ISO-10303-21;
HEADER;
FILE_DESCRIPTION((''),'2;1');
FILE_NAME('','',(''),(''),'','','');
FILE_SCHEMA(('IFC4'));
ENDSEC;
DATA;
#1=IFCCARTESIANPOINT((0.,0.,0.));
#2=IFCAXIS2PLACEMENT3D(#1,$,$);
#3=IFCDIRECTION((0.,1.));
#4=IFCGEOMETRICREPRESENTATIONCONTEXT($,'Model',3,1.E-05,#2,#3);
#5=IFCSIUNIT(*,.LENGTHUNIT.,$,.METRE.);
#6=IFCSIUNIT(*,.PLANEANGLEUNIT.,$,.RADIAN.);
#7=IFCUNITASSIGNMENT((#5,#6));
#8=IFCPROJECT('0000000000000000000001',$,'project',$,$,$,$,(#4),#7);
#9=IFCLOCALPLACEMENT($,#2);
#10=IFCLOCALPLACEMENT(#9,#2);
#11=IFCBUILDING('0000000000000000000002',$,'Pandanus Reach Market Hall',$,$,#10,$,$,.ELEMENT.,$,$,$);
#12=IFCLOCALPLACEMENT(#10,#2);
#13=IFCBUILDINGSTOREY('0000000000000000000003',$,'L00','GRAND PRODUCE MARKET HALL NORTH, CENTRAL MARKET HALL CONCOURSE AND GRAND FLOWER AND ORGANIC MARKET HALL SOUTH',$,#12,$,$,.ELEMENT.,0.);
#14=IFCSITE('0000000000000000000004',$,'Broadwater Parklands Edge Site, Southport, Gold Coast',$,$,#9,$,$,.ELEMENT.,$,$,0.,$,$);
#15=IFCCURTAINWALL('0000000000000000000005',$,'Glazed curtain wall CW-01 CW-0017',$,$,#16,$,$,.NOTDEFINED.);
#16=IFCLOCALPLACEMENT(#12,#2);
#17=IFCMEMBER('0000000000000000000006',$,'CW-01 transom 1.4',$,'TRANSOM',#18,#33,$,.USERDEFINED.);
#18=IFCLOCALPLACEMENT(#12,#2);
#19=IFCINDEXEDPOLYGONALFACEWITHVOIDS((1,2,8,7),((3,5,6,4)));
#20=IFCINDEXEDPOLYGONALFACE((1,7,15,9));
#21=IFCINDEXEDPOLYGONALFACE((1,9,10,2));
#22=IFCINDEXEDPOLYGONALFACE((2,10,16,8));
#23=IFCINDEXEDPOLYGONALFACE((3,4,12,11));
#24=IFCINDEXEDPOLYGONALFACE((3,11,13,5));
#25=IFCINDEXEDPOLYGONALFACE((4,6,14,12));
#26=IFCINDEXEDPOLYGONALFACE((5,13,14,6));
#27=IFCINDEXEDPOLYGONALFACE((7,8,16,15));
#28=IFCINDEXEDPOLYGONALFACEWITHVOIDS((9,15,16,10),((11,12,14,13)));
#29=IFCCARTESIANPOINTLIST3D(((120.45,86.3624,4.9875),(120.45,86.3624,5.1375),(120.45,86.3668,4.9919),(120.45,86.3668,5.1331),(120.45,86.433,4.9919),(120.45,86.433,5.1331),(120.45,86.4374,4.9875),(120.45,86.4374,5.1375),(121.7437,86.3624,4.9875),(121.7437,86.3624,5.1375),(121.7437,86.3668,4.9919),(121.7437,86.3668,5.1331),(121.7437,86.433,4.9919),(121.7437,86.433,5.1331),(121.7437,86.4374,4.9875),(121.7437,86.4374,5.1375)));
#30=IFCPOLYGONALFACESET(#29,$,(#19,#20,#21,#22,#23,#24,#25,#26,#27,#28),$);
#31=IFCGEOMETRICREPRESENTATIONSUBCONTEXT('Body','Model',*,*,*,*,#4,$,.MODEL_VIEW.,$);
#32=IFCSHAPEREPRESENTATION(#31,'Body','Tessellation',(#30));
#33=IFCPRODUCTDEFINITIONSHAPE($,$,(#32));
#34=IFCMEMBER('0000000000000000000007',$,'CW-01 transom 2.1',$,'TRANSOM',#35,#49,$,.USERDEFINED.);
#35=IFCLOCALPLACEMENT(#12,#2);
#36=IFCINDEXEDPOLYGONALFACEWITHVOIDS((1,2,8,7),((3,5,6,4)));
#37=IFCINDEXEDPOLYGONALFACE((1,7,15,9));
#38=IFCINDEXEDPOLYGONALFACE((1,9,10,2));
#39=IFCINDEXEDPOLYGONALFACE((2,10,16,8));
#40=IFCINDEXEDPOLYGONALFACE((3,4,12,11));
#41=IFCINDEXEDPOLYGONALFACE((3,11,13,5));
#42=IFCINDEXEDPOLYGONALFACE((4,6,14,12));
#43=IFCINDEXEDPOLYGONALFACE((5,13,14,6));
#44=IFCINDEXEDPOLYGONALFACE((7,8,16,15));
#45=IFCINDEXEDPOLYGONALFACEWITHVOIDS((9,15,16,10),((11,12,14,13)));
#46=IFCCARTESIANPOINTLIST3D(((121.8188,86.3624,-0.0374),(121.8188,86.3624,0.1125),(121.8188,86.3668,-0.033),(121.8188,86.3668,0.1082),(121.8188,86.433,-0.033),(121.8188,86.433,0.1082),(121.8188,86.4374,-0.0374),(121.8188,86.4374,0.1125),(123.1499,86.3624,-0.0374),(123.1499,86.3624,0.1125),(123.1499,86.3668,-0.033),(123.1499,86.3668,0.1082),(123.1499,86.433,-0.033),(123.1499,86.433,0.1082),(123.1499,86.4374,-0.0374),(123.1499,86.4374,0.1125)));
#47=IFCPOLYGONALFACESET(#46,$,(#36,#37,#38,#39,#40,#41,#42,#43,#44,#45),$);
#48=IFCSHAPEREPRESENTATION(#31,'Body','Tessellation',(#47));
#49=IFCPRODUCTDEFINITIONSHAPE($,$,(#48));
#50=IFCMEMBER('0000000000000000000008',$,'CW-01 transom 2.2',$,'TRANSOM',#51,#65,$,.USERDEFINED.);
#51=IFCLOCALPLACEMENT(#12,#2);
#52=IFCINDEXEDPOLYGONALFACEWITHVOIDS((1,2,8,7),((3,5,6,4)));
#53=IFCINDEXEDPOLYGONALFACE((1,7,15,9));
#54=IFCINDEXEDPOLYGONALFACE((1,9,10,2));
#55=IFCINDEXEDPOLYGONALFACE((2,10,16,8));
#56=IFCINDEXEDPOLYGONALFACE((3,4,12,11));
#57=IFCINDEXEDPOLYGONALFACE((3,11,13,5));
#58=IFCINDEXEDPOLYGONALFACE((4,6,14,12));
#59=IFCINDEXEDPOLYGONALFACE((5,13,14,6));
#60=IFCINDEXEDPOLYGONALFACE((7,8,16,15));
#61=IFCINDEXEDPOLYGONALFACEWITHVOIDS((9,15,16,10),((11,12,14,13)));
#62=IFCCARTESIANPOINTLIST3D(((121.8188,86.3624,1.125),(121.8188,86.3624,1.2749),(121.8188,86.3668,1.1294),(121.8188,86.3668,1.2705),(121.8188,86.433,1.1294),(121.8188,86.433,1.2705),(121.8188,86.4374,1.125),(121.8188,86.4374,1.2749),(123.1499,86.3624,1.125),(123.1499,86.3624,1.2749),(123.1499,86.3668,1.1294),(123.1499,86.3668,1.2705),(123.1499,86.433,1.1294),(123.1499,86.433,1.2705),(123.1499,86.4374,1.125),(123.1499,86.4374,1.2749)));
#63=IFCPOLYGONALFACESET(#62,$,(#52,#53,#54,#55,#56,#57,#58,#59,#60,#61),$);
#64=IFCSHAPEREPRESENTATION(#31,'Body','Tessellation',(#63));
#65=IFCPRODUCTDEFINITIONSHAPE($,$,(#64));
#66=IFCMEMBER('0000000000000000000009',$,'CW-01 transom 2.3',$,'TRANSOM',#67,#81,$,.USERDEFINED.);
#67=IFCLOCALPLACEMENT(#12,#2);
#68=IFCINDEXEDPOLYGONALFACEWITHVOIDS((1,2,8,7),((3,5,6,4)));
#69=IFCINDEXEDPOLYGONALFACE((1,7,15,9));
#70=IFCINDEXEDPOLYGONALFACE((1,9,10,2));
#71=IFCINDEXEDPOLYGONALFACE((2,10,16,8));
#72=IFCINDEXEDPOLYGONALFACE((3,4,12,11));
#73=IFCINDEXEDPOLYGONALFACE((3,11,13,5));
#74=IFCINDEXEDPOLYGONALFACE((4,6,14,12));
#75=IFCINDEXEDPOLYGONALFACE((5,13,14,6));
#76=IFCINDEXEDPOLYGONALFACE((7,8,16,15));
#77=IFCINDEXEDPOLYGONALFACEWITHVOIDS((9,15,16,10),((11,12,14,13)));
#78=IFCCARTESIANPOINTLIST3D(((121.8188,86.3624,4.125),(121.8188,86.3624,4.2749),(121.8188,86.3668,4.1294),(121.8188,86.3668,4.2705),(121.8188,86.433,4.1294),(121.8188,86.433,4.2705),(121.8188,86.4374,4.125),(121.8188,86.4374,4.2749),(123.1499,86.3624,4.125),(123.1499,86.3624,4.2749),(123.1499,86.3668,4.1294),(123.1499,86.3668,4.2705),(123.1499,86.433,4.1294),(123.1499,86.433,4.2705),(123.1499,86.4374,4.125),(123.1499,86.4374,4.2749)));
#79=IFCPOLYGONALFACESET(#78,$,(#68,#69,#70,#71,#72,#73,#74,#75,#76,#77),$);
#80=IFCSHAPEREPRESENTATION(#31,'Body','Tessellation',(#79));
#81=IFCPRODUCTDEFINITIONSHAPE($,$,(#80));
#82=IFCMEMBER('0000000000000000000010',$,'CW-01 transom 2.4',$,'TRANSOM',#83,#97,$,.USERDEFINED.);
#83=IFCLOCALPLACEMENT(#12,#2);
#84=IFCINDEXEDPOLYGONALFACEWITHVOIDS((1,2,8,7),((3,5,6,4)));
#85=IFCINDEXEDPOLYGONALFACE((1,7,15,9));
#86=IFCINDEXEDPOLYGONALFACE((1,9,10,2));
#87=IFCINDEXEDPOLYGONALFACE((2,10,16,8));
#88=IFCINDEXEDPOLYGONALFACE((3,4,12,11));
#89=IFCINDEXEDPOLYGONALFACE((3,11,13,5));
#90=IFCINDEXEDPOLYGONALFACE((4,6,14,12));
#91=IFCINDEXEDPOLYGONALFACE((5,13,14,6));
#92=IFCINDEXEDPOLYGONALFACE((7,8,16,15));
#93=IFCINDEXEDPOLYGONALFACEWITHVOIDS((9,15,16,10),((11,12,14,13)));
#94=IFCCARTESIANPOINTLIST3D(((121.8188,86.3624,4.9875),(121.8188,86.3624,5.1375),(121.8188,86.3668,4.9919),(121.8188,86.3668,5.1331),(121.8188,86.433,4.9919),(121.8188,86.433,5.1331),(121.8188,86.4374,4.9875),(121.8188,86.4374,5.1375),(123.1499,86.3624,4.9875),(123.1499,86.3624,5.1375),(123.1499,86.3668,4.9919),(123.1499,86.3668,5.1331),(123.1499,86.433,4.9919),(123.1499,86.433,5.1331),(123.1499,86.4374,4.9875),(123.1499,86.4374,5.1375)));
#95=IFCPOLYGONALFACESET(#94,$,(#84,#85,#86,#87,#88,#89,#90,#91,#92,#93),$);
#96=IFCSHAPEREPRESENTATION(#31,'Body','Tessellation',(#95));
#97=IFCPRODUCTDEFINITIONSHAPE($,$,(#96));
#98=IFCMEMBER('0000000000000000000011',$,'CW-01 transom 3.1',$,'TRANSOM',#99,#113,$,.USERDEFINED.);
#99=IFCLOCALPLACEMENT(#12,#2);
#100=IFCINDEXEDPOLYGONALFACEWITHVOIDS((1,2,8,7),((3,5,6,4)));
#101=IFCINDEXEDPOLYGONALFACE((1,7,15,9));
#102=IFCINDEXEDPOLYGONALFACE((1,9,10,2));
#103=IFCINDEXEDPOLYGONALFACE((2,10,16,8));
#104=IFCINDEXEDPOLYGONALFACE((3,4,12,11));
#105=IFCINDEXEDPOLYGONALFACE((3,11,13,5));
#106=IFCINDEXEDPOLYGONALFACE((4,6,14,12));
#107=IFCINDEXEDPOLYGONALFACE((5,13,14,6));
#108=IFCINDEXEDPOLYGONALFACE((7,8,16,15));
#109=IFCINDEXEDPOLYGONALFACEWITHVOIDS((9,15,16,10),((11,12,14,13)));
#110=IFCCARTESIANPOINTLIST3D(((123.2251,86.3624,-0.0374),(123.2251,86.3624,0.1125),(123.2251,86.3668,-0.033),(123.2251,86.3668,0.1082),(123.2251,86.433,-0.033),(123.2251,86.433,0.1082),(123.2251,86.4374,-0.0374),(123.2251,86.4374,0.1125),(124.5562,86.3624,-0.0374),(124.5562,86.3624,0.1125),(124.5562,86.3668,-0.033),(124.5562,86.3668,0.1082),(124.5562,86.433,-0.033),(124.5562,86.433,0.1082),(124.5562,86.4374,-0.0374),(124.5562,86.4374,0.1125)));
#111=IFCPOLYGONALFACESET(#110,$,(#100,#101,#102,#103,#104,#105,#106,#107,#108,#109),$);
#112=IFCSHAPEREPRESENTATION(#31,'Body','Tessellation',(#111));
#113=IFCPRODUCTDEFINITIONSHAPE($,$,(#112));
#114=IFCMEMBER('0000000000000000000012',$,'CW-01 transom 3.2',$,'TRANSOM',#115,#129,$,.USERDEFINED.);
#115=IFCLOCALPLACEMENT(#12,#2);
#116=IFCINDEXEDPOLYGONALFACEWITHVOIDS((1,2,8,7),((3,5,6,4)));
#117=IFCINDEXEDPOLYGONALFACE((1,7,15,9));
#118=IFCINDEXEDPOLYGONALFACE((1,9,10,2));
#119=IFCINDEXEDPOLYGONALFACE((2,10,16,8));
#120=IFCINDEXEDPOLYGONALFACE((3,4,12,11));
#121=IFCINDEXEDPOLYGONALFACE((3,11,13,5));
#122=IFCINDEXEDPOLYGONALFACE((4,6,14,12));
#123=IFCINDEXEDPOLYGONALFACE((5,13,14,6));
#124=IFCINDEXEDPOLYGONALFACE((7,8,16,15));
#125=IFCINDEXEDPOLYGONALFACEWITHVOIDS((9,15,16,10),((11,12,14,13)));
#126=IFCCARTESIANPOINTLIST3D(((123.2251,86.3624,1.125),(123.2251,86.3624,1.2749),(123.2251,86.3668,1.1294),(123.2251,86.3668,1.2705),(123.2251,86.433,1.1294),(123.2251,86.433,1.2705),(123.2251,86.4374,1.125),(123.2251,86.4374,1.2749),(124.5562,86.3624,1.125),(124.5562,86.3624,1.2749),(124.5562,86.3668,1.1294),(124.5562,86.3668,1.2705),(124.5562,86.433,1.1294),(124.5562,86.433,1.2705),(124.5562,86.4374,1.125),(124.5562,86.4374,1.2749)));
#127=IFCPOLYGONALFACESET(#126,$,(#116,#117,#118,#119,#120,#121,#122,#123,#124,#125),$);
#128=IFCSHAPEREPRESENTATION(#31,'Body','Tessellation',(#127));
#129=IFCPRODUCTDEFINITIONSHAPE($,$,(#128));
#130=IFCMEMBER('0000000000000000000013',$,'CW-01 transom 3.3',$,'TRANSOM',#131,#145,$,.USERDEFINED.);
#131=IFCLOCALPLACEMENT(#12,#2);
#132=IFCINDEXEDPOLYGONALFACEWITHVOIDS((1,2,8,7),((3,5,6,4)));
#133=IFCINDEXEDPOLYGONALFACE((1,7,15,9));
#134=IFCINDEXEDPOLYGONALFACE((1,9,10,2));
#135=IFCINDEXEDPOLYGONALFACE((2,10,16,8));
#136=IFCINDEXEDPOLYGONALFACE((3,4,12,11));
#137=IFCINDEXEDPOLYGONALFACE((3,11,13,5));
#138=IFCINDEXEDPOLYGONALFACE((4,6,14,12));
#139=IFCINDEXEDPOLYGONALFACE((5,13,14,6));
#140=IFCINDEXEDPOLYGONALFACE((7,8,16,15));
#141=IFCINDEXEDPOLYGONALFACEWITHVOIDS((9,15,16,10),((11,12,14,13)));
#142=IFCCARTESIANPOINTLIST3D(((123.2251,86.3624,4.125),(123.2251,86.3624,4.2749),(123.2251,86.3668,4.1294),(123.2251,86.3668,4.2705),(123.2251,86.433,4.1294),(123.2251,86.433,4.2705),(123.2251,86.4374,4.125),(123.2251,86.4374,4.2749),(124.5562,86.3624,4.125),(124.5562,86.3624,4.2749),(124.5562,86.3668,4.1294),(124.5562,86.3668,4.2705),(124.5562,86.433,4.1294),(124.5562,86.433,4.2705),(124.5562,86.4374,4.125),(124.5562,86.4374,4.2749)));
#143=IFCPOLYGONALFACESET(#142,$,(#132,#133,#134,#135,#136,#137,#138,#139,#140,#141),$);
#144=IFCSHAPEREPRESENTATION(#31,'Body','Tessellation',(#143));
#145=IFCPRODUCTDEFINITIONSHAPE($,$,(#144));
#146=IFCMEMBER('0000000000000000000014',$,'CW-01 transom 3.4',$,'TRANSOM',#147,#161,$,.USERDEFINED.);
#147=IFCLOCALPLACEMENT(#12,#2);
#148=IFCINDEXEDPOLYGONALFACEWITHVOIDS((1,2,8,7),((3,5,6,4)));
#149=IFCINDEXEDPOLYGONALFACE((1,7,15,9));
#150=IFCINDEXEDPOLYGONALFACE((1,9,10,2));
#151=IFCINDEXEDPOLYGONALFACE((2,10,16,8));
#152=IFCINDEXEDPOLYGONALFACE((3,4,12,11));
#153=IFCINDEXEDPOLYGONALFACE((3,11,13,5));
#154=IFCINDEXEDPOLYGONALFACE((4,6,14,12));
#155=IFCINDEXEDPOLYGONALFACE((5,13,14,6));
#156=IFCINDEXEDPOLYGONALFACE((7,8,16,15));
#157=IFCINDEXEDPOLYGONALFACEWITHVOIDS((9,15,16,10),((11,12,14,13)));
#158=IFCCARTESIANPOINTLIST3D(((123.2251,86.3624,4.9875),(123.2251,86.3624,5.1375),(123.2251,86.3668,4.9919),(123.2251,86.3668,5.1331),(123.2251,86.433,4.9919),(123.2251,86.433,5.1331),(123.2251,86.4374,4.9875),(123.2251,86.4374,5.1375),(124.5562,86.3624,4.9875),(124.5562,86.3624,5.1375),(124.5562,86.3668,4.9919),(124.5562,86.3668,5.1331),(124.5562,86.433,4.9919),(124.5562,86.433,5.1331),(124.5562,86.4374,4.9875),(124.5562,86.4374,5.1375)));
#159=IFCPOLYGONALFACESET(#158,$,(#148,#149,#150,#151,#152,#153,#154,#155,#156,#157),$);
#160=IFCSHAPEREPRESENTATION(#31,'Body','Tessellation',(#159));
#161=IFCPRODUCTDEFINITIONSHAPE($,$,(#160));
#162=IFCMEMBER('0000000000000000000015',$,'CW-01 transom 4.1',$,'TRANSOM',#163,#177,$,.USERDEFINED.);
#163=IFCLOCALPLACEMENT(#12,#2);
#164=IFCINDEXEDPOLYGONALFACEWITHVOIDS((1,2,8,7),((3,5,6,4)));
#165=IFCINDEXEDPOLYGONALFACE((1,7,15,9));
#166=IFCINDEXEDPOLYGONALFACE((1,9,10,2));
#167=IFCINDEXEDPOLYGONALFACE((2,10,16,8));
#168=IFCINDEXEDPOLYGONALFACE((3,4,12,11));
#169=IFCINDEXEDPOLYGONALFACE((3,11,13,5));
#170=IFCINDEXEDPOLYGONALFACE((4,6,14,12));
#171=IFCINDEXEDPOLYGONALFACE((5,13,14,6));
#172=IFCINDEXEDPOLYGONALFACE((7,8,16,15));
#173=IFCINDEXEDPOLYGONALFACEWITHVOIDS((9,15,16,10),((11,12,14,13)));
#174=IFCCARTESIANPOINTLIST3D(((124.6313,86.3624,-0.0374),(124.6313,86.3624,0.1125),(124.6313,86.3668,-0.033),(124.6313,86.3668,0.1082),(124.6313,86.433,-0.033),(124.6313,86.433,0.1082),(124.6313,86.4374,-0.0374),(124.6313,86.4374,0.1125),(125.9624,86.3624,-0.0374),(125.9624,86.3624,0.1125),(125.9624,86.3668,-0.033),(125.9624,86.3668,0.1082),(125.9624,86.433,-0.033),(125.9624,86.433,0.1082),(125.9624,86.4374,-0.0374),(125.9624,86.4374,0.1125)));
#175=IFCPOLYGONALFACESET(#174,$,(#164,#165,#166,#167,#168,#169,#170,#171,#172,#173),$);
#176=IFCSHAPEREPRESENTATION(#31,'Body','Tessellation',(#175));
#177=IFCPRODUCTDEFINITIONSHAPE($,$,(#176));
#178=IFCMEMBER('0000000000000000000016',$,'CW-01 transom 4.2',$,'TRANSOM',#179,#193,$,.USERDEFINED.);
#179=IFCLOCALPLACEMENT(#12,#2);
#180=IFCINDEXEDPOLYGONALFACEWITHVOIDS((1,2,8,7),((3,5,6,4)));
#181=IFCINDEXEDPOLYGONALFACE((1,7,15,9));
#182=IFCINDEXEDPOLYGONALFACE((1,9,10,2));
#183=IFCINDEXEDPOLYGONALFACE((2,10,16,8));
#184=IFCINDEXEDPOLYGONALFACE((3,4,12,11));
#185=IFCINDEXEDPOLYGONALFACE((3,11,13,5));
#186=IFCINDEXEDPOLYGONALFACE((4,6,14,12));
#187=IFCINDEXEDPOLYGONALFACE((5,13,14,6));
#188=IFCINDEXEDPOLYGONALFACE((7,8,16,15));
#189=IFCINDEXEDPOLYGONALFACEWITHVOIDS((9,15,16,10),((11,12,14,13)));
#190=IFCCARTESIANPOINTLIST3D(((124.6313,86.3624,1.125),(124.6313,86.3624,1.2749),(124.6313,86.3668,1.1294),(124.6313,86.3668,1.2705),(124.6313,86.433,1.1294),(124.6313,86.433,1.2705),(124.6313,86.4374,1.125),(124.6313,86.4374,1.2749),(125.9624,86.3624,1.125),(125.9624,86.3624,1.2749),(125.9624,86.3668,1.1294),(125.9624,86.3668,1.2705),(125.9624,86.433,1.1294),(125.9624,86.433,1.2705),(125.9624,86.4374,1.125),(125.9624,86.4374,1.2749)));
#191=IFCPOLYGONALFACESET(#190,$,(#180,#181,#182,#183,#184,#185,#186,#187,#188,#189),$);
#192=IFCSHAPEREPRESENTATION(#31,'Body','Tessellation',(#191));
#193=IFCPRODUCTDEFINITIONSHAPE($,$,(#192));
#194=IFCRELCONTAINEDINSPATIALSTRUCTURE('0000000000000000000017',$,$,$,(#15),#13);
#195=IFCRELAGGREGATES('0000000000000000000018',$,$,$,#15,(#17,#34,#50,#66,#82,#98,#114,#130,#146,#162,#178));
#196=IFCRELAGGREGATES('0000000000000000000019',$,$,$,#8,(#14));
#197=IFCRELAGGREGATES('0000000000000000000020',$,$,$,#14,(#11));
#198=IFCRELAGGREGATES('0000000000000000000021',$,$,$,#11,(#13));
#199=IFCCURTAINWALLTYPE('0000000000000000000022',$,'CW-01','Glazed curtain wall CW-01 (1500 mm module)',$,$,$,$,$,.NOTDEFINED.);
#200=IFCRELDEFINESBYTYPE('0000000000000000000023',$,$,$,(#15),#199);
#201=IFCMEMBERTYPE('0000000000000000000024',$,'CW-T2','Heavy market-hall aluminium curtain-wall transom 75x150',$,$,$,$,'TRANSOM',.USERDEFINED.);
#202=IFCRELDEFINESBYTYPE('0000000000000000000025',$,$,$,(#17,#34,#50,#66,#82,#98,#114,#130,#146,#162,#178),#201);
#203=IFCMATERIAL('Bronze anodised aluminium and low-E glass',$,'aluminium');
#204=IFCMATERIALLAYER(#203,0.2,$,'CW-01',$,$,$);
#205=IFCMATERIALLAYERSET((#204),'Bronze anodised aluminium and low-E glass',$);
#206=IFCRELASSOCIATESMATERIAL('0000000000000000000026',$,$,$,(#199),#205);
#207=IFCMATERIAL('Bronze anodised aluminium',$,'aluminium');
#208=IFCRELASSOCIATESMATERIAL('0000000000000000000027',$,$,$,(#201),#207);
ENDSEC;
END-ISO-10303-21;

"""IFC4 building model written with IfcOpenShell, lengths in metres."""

from ifc_helpers import new_model, si_unit, direction, frame, origin, origin_2d, place, context, subcontext, project, spatial, hollow_rectangle, extrude, material, layer, layer_set, material_profile, profile_set, type_object, element, aggregate, save


model = new_model("IFC4")

# Units and contexts
model_context = context("Model", 3, precision=1e-05, world=origin(), true_north=direction((0.0, 1.0)))
body_context = subcontext(model_context, "Body", "Model", "MODEL_VIEW")
ifc_project = project(units=[si_unit("LENGTHUNIT", "METRE"), si_unit("PLANEANGLEUNIT", "RADIAN")], contexts=[model_context])

# Site, building, storey
site_placement = place(None, origin())
site = spatial("IfcSite", under=ifc_project, at=site_placement, Name="Broadwater Parklands Edge Site, Southport, Gold Coast", CompositionType="ELEMENT", RefElevation=0.0)
building_placement = place(site_placement, origin())
building = spatial("IfcBuilding", under=site, at=building_placement, Name="Pandanus Reach Market Hall", CompositionType="ELEMENT")
storey_placement = place(building_placement, origin())
storey = spatial("IfcBuildingStorey", under=building, at=storey_placement, Name="L00", Description="GRAND PRODUCE MARKET HALL NORTH, CENTRAL MARKET HALL CONCOURSE AND GRAND FLOWER AND ORGANIC MARKET HALL SOUTH", CompositionType="ELEMENT", Elevation=0.0)

# Curtain wall, members
ifc_material_1 = material(Name="Bronze anodised aluminium and low-E glass", Category="aluminium")
ifc_layer_1 = layer(ifc_material_1, 0.2, Name="CW-01")
ifc_layer_set_1 = layer_set([ifc_layer_1], Name="Bronze anodised aluminium and low-E glass")
curtain_wall_type = type_object("IfcCurtainWallType", Name="CW-01", Description="Glazed curtain wall CW-01 (1500 mm module)", PredefinedType="NOTDEFINED", material=ifc_layer_set_1)
curtain_wall_placement = place(storey_placement, origin())
curtain_wall = element("IfcCurtainWall", 1, at=curtain_wall_placement, inside=storey, type_object=curtain_wall_type, Name="Glazed curtain wall CW-01 CW-0017", PredefinedType="NOTDEFINED")
ifc_material_2 = material(Name="Bronze anodised aluminium", Category="aluminium")
ifc_material_profile_1 = material_profile(ifc_material_2, hollow_rectangle(XDim=0.075, YDim=0.1499, WallThickness=0.0044, at=origin_2d()), Name="ALU75x150", Category="LoadBearing")
ifc_profile_set_1 = profile_set([ifc_material_profile_1], Name="Bronze anodised aluminium")
member_type_1 = type_object("IfcMemberType", Name="CW-T2", Description="Heavy market-hall aluminium curtain-wall transom 75x150", ElementType="TRANSOM", PredefinedType="USERDEFINED", material=ifc_profile_set_1)
member_1_placement = place(storey_placement, frame((120.45, 86.3999, 5.0625), z_axis=(1.0, 0.0, 0.0), x_axis=(0.0, 1.0, 0.0)))
member_1 = element("IfcMember", 2, at=member_1_placement, type_object=member_type_1, Name="CW-01 transom 1.4", ObjectType="TRANSOM", PredefinedType="USERDEFINED", context=body_context, shape_type="SweptSolid", body=[
    extrude(hollow_rectangle(XDim=0.075, YDim=0.1499, WallThickness=0.0044, at=origin_2d()), origin(), (0.0, 0.0, 1.0), 1.2937),
])
member_2_placement = place(storey_placement, frame((121.8188, 86.3999, 0.0376), z_axis=(1.0, 0.0, 0.0), x_axis=(0.0, 1.0, 0.0)))
member_2 = element("IfcMember", 3, at=member_2_placement, type_object=member_type_1, Name="CW-01 transom 2.1", ObjectType="TRANSOM", PredefinedType="USERDEFINED", context=body_context, shape_type="SweptSolid", body=[
    extrude(hollow_rectangle(XDim=0.075, YDim=0.1499, WallThickness=0.0044, at=origin_2d()), origin(), (0.0, 0.0, 1.0), 1.3311),
])
member_3_placement = place(storey_placement, frame((121.8188, 86.3999, 1.2), z_axis=(1.0, 0.0, 0.0), x_axis=(0.0, 1.0, 0.0)))
member_3 = element("IfcMember", 4, at=member_3_placement, type_object=member_type_1, Name="CW-01 transom 2.2", ObjectType="TRANSOM", PredefinedType="USERDEFINED", context=body_context, shape_type="SweptSolid", body=[
    extrude(hollow_rectangle(XDim=0.075, YDim=0.1499, WallThickness=0.0044, at=origin_2d()), origin(), (0.0, 0.0, 1.0), 1.3311),
])
member_4_placement = place(storey_placement, frame((121.8188, 86.3999, 4.2), z_axis=(1.0, 0.0, 0.0), x_axis=(0.0, 1.0, 0.0)))
member_4 = element("IfcMember", 5, at=member_4_placement, type_object=member_type_1, Name="CW-01 transom 2.3", ObjectType="TRANSOM", PredefinedType="USERDEFINED", context=body_context, shape_type="SweptSolid", body=[
    extrude(hollow_rectangle(XDim=0.075, YDim=0.1499, WallThickness=0.0044, at=origin_2d()), origin(), (0.0, 0.0, 1.0), 1.3311),
])
member_5_placement = place(storey_placement, frame((121.8188, 86.3999, 5.0625), z_axis=(1.0, 0.0, 0.0), x_axis=(0.0, 1.0, 0.0)))
member_5 = element("IfcMember", 6, at=member_5_placement, type_object=member_type_1, Name="CW-01 transom 2.4", ObjectType="TRANSOM", PredefinedType="USERDEFINED", context=body_context, shape_type="SweptSolid", body=[
    extrude(hollow_rectangle(XDim=0.075, YDim=0.1499, WallThickness=0.0044, at=origin_2d()), origin(), (0.0, 0.0, 1.0), 1.3311),
])
member_6_placement = place(storey_placement, frame((123.2251, 86.3999, 0.0376), z_axis=(1.0, 0.0, 0.0), x_axis=(0.0, 1.0, 0.0)))
member_6 = element("IfcMember", 7, at=member_6_placement, type_object=member_type_1, Name="CW-01 transom 3.1", ObjectType="TRANSOM", PredefinedType="USERDEFINED", context=body_context, shape_type="SweptSolid", body=[
    extrude(hollow_rectangle(XDim=0.075, YDim=0.1499, WallThickness=0.0044, at=origin_2d()), origin(), (0.0, 0.0, 1.0), 1.3311),
])
member_7_placement = place(storey_placement, frame((123.2251, 86.3999, 1.2), z_axis=(1.0, 0.0, 0.0), x_axis=(0.0, 1.0, 0.0)))
member_7 = element("IfcMember", 8, at=member_7_placement, type_object=member_type_1, Name="CW-01 transom 3.2", ObjectType="TRANSOM", PredefinedType="USERDEFINED", context=body_context, shape_type="SweptSolid", body=[
    extrude(hollow_rectangle(XDim=0.075, YDim=0.1499, WallThickness=0.0044, at=origin_2d()), origin(), (0.0, 0.0, 1.0), 1.3311),
])
member_8_placement = place(storey_placement, frame((123.2251, 86.3999, 4.2), z_axis=(1.0, 0.0, 0.0), x_axis=(0.0, 1.0, 0.0)))
member_8 = element("IfcMember", 9, at=member_8_placement, type_object=member_type_1, Name="CW-01 transom 3.3", ObjectType="TRANSOM", PredefinedType="USERDEFINED", context=body_context, shape_type="SweptSolid", body=[
    extrude(hollow_rectangle(XDim=0.075, YDim=0.1499, WallThickness=0.0044, at=origin_2d()), origin(), (0.0, 0.0, 1.0), 1.3311),
])
member_9_placement = place(storey_placement, frame((123.2251, 86.3999, 5.0625), z_axis=(1.0, 0.0, 0.0), x_axis=(0.0, 1.0, 0.0)))
member_9 = element("IfcMember", 10, at=member_9_placement, type_object=member_type_1, Name="CW-01 transom 3.4", ObjectType="TRANSOM", PredefinedType="USERDEFINED", context=body_context, shape_type="SweptSolid", body=[
    extrude(hollow_rectangle(XDim=0.075, YDim=0.1499, WallThickness=0.0044, at=origin_2d()), origin(), (0.0, 0.0, 1.0), 1.3311),
])
member_10_placement = place(storey_placement, frame((124.6313, 86.3999, 0.0376), z_axis=(1.0, 0.0, 0.0), x_axis=(0.0, 1.0, 0.0)))
member_10 = element("IfcMember", 11, at=member_10_placement, type_object=member_type_1, Name="CW-01 transom 4.1", ObjectType="TRANSOM", PredefinedType="USERDEFINED", context=body_context, shape_type="SweptSolid", body=[
    extrude(hollow_rectangle(XDim=0.075, YDim=0.1499, WallThickness=0.0044, at=origin_2d()), origin(), (0.0, 0.0, 1.0), 1.3311),
])
member_11_placement = place(storey_placement, frame((124.6313, 86.3999, 1.2), z_axis=(1.0, 0.0, 0.0), x_axis=(0.0, 1.0, 0.0)))
member_11 = element("IfcMember", 12, at=member_11_placement, type_object=member_type_1, Name="CW-01 transom 4.2", ObjectType="TRANSOM", PredefinedType="USERDEFINED", context=body_context, shape_type="SweptSolid", body=[
    extrude(hollow_rectangle(XDim=0.075, YDim=0.1499, WallThickness=0.0044, at=origin_2d()), origin(), (0.0, 0.0, 1.0), 1.3311),
])
aggregate(curtain_wall, [member_1, member_2, member_3, member_4, member_5, member_6, member_7, member_8, member_9, member_10, member_11])

save(model, "model.ifc")
